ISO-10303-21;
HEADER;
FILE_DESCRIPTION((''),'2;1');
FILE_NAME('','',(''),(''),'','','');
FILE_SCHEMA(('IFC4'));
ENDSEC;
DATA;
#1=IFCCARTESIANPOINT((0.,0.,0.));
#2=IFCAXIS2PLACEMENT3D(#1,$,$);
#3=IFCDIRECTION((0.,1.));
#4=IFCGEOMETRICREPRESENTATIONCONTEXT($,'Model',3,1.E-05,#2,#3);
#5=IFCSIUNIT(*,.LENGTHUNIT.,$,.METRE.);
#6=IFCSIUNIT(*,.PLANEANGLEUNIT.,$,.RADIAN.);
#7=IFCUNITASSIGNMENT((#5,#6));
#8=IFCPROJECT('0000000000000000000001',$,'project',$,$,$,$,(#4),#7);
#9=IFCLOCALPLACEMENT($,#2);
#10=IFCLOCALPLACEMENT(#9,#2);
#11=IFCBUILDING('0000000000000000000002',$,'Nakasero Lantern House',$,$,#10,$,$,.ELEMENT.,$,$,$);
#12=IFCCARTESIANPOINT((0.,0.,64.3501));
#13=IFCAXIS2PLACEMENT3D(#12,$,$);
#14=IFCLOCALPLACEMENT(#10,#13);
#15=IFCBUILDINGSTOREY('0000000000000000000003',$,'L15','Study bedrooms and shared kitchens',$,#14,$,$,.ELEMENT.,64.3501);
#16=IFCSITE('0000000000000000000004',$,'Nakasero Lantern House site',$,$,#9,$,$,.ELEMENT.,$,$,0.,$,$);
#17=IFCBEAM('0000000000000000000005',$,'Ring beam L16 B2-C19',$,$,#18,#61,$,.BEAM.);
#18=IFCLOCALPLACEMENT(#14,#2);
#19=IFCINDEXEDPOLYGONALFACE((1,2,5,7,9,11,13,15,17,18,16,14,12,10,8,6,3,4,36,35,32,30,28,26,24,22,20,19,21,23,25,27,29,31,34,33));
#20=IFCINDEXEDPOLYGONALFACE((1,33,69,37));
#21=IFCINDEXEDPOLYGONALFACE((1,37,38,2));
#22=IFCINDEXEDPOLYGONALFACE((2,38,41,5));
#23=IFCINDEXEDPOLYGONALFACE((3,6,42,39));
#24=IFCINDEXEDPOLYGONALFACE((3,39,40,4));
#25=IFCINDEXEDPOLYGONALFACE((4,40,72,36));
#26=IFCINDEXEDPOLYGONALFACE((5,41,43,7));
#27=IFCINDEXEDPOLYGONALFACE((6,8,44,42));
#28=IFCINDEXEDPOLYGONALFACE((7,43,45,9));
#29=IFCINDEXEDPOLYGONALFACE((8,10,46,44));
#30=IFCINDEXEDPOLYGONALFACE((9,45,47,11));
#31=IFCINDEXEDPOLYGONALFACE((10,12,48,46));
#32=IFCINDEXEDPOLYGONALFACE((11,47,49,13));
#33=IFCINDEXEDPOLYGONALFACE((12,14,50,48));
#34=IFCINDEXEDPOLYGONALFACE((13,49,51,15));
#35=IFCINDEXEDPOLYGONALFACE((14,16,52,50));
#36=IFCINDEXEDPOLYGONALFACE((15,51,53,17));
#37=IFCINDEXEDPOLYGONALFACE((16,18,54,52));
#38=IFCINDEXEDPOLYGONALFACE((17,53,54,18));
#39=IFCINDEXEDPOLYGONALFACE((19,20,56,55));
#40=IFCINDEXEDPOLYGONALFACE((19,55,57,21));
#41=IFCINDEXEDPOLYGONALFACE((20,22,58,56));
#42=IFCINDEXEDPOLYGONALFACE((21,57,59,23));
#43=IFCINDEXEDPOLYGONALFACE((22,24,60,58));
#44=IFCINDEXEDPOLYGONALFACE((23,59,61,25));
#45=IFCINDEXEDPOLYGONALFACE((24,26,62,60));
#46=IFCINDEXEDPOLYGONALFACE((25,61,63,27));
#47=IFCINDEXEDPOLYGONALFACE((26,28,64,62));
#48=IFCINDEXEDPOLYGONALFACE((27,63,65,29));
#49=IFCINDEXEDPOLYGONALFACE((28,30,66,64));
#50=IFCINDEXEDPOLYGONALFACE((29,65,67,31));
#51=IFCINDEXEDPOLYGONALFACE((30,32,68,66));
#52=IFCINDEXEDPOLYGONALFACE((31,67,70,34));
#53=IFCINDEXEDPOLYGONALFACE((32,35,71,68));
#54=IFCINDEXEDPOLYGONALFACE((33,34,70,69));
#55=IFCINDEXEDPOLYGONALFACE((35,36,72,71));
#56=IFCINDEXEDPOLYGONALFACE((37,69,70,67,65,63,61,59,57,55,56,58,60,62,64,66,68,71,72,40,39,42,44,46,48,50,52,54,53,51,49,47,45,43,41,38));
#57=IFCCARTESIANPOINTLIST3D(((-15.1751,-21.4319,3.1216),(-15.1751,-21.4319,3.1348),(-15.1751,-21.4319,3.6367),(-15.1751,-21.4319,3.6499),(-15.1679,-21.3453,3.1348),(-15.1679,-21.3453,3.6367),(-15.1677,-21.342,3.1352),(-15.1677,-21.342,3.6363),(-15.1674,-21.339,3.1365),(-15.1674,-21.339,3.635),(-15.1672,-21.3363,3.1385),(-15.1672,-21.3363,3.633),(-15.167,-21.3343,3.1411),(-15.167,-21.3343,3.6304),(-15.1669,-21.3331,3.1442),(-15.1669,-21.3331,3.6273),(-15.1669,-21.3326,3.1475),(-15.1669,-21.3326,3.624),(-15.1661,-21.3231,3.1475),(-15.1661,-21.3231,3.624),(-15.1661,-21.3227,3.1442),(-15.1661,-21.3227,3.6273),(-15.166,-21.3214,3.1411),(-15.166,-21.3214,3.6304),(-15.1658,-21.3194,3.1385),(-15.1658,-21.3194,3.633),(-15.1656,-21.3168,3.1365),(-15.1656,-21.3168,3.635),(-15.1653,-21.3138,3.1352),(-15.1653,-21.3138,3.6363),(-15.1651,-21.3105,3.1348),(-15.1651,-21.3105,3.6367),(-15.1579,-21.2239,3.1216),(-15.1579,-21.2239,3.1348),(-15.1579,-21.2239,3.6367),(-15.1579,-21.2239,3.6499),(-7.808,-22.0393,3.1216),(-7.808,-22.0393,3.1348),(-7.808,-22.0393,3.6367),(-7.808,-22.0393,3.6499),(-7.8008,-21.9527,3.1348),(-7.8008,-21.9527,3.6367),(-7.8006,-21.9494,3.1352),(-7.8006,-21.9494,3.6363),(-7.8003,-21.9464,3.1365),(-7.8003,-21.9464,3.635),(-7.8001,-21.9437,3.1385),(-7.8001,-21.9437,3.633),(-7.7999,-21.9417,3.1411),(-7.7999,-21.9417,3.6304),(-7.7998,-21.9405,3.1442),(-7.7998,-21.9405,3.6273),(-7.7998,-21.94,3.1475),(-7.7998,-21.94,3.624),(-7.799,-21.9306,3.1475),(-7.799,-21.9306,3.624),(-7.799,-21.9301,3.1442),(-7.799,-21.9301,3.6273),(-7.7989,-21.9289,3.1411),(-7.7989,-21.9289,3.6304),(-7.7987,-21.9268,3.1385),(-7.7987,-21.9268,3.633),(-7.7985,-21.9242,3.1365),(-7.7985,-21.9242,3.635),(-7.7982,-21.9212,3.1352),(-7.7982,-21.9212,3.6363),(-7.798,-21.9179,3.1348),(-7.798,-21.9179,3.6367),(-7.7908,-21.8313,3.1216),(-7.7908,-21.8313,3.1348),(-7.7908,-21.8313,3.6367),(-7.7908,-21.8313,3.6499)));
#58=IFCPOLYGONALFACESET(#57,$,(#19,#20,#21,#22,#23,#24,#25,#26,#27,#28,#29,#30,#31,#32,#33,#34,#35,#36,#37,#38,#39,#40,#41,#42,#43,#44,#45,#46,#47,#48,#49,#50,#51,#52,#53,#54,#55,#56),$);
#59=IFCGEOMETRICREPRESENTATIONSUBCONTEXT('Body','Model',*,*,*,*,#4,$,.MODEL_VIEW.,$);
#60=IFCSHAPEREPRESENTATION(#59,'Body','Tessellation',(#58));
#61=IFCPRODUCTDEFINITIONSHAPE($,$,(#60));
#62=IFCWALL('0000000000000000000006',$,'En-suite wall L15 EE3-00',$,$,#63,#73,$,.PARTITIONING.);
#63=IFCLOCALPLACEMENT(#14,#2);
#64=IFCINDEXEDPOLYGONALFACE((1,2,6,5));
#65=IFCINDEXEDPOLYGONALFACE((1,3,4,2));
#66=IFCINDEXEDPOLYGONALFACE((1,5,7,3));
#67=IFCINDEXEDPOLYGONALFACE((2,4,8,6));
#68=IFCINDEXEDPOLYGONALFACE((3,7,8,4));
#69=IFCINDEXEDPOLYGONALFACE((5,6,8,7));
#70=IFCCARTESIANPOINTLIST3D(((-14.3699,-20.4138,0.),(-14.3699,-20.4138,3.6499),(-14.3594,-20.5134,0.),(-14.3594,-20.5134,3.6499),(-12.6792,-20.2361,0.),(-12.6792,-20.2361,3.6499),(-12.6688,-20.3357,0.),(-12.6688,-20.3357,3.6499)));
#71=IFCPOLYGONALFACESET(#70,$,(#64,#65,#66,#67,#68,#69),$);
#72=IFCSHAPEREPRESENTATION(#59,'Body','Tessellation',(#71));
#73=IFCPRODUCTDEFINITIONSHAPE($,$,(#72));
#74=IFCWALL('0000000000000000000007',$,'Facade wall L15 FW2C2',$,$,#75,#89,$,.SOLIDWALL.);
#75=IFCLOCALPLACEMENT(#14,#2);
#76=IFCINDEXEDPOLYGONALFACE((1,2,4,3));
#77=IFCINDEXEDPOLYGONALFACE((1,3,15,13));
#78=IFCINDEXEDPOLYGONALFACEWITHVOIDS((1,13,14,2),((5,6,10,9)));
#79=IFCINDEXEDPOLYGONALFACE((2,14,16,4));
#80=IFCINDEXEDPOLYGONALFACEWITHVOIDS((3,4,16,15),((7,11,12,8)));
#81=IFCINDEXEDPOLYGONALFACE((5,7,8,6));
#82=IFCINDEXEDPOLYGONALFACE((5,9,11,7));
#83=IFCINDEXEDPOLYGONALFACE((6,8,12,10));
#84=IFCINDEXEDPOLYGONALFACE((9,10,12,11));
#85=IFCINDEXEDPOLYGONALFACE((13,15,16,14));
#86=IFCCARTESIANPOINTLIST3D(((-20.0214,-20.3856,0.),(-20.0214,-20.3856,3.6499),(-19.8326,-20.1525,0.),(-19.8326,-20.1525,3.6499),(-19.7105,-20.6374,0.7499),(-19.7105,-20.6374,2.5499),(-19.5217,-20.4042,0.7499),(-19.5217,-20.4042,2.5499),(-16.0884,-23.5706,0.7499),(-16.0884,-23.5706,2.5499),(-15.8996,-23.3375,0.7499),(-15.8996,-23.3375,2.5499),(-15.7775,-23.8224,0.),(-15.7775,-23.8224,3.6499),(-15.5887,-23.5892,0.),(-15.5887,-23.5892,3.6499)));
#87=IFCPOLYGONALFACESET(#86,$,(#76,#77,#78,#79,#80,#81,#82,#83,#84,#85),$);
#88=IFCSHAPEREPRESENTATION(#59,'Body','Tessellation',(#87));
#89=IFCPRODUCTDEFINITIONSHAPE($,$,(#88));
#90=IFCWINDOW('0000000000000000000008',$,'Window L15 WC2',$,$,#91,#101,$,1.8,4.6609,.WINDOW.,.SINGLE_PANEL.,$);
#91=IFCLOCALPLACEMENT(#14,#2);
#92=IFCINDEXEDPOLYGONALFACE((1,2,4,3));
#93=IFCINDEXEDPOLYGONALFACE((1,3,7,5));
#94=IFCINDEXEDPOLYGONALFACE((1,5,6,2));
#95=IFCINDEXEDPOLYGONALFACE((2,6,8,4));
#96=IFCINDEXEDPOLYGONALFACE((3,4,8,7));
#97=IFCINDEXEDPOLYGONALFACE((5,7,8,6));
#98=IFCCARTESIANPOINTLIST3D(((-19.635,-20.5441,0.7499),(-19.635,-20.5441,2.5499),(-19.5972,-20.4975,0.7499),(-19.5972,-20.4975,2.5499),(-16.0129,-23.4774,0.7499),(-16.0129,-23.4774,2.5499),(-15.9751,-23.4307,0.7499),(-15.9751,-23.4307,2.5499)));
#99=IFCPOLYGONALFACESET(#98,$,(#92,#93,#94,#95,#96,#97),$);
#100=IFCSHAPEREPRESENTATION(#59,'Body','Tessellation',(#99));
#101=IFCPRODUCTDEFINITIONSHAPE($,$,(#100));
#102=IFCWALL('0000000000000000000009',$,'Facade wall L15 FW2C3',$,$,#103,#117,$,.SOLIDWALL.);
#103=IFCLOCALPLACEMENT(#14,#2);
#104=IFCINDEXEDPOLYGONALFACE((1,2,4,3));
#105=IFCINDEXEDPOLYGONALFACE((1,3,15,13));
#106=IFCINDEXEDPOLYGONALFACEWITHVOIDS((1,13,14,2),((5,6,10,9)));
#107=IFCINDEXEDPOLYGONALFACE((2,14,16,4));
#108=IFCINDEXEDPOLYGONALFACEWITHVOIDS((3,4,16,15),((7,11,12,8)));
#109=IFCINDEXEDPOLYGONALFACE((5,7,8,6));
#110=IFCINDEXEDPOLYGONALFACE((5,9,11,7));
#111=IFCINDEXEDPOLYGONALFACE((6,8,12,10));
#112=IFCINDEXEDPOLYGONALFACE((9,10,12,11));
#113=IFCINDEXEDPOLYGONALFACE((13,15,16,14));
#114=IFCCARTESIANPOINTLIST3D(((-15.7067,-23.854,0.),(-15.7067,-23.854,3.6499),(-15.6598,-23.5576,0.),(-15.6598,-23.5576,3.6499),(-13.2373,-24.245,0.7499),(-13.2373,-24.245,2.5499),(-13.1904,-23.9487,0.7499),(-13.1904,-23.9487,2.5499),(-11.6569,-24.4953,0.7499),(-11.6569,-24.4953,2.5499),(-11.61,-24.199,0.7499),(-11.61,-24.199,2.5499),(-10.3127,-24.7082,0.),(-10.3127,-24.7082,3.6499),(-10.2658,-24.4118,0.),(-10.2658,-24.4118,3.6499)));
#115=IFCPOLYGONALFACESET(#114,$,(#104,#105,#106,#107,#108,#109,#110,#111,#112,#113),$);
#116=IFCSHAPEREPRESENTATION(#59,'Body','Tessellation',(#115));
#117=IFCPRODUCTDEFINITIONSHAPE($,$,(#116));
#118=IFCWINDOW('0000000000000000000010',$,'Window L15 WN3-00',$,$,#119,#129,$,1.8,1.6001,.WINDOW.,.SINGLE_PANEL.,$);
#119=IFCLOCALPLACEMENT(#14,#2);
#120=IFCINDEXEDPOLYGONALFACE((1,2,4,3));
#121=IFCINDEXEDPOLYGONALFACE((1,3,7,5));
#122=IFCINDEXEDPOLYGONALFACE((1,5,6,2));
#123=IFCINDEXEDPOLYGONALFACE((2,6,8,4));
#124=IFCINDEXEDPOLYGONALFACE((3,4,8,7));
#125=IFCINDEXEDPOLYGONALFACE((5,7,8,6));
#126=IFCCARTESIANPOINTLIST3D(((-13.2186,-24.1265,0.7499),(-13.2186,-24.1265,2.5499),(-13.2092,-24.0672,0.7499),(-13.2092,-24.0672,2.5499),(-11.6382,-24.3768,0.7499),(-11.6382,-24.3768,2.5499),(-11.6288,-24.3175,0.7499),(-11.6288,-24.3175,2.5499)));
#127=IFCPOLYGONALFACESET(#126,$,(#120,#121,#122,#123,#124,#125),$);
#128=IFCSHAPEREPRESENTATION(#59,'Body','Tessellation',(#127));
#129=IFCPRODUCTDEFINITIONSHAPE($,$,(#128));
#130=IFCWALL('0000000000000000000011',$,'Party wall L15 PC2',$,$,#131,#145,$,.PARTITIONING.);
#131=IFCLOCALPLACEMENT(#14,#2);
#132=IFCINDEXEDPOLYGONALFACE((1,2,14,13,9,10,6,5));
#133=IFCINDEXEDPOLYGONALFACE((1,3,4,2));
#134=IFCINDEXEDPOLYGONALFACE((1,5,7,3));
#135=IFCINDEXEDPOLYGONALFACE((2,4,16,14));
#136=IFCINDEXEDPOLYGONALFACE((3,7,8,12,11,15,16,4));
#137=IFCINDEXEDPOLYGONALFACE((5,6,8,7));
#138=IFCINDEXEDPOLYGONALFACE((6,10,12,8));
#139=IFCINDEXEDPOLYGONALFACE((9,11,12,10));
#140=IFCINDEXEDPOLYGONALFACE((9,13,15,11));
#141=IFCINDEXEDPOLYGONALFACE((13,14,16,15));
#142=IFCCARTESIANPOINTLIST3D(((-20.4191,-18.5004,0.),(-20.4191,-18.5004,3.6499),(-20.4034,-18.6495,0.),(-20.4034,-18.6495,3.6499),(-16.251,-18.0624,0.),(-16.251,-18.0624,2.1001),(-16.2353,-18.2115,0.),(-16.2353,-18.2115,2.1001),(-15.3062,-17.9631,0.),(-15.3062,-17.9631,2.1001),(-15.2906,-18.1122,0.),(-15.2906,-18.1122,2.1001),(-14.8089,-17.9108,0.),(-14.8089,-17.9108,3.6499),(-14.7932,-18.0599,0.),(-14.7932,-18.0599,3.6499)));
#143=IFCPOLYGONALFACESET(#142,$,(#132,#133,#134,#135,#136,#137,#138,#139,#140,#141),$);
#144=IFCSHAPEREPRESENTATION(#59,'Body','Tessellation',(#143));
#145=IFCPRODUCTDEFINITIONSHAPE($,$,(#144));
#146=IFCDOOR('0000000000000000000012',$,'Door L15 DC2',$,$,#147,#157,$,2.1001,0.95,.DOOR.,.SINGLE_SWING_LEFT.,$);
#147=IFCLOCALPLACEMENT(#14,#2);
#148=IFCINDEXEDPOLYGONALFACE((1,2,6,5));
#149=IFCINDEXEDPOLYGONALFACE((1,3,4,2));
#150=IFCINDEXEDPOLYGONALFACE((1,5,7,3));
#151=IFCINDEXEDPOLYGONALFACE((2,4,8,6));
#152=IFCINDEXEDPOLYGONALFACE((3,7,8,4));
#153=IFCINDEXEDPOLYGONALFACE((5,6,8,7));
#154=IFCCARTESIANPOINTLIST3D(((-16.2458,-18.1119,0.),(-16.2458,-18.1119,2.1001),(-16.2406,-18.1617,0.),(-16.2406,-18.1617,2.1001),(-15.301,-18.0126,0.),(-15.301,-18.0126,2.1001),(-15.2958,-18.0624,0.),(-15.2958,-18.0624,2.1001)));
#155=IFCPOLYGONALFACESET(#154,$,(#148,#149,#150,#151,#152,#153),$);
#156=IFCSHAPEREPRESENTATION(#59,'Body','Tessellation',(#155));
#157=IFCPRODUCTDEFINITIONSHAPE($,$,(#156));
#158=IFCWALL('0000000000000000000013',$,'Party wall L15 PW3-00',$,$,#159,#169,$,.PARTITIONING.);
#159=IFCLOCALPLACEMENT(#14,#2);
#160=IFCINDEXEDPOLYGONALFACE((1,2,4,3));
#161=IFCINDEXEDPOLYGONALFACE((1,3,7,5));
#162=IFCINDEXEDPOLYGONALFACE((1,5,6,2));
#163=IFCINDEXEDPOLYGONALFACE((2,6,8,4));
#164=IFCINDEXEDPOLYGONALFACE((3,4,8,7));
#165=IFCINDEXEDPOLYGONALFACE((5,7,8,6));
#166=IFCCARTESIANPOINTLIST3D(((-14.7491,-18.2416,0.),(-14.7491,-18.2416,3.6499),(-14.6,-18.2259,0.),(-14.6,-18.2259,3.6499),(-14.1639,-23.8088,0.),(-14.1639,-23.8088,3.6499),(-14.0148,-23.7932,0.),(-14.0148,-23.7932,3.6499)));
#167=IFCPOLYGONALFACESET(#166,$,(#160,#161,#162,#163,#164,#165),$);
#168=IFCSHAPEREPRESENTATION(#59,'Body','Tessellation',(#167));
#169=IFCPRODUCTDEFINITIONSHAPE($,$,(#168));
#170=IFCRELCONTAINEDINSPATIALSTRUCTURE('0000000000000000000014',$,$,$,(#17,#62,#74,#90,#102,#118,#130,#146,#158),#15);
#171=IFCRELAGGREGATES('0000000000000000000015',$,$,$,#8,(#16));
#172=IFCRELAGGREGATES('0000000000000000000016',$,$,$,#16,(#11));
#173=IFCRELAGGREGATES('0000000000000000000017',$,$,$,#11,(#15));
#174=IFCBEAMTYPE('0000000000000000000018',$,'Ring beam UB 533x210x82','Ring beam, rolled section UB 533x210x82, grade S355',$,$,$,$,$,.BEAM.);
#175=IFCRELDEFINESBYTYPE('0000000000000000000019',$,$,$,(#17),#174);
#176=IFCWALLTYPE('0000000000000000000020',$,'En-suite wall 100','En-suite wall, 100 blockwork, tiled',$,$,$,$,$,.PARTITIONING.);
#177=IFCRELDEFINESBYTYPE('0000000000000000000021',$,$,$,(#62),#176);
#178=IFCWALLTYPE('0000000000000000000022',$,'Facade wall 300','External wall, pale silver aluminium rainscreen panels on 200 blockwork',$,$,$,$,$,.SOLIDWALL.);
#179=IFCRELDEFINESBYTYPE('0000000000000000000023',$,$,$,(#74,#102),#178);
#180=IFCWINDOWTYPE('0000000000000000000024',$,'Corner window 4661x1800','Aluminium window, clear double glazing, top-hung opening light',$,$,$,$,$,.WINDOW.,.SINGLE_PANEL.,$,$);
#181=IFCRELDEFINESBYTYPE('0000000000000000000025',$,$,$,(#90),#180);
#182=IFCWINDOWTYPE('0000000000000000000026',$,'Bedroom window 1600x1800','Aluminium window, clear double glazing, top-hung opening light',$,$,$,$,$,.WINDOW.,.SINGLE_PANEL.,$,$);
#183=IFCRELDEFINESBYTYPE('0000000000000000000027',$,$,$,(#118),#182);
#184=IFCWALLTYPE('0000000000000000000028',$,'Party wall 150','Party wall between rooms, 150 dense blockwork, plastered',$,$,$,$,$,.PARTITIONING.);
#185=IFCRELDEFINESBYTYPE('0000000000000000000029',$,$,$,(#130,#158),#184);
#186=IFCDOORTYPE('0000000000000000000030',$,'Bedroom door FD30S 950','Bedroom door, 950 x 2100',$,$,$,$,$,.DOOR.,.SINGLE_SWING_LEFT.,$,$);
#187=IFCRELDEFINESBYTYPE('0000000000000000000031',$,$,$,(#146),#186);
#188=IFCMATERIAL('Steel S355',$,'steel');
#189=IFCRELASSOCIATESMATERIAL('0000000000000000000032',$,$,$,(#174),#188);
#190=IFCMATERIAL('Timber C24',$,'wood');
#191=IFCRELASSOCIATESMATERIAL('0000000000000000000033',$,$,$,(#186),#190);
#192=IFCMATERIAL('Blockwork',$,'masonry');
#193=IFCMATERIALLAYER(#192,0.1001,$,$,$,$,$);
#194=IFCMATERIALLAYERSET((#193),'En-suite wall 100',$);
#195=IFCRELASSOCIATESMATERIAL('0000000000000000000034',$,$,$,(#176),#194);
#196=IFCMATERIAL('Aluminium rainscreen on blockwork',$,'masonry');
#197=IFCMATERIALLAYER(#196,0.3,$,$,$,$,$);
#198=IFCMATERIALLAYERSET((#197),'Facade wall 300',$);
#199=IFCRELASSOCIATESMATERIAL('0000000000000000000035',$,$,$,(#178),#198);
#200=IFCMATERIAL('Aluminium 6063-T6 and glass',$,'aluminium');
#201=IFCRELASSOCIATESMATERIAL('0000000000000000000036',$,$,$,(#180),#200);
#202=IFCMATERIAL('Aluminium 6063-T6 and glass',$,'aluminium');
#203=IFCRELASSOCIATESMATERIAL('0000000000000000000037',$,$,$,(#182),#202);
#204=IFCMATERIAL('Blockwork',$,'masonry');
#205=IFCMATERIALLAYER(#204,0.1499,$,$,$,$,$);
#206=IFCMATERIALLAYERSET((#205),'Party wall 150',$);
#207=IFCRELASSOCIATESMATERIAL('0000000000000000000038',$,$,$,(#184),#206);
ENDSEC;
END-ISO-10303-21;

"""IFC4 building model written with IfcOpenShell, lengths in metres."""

from ifc_helpers import new_model, si_unit, direction, frame, frame_2d, origin, origin_2d, place, context, subcontext, project, spatial, rectangle, i_section, extrude, material, layer, layer_set, material_profile, profile_set, type_object, element, fill, save


model = new_model("IFC4")

# Units and contexts
model_context = context("Model", 3, precision=1e-05, world=origin(), true_north=direction((0.0, 1.0)))
body_context = subcontext(model_context, "Body", "Model", "MODEL_VIEW")
ifc_project = project(units=[si_unit("LENGTHUNIT", "METRE"), si_unit("PLANEANGLEUNIT", "RADIAN")], contexts=[model_context])

# Site, building, storey
site_placement = place(None, origin())
site = spatial("IfcSite", under=ifc_project, at=site_placement, Name="Nakasero Lantern House site", CompositionType="ELEMENT", RefElevation=0.0)
building_placement = place(site_placement, origin())
building = spatial("IfcBuilding", under=site, at=building_placement, Name="Nakasero Lantern House", CompositionType="ELEMENT")
storey_placement = place(building_placement, frame((0.0, 0.0, 64.3501)))
storey = spatial("IfcBuildingStorey", under=building, at=storey_placement, Name="L15", Description="Study bedrooms and shared kitchens", CompositionType="ELEMENT", Elevation=64.3501)

# Beam
ifc_material_1 = material(Name="Steel S355", Category="steel")
ifc_material_profile_1 = material_profile(ifc_material_1, i_section(OverallWidth=0.2087, OverallDepth=0.5283, WebThickness=0.0095, FlangeThickness=0.0132, FilletRadius=0.0127, at=origin_2d()), Name="UB 533x210x82")
ifc_profile_set_1 = profile_set([ifc_material_profile_1], Name="Steel S355")
beam_type_1 = type_object("IfcBeamType", Name="Ring beam UB 533x210x82", Description="Ring beam, rolled section UB 533x210x82, grade S355", PredefinedType="BEAM", material=ifc_profile_set_1)
beam_1_placement = place(storey_placement, frame((-15.1665, -21.3279, 3.3857), z_axis=(0.996618, -0.082171, 0.0), x_axis=(0.082171, 0.996618, 0.0)))
element("IfcBeam", 1, at=beam_1_placement, inside=storey, type_object=beam_type_1, Name="Ring beam L16 B2-C19", PredefinedType="BEAM", context=body_context, shape_type="SweptSolid", body=[
    extrude(i_section(OverallWidth=0.2087, OverallDepth=0.5283, WebThickness=0.0095, FlangeThickness=0.0132, FilletRadius=0.0127, at=origin_2d()), origin(), (0.0, 0.0, 1.0), 7.3921),
])

# Shared definitions
ifc_material_2 = material(Name="Timber C24", Category="wood")
door_type_1 = type_object("IfcDoorType", Name="Bedroom door FD30S 950", Description="Bedroom door, 950 x 2100", OperationType="SINGLE_SWING_LEFT", PredefinedType="DOOR", material=ifc_material_2)

# Wall
ifc_material_3 = material(Name="Blockwork", Category="masonry")
ifc_layer_1 = layer(ifc_material_3, 0.1001)
ifc_layer_set_1 = layer_set([ifc_layer_1], Name="En-suite wall 100")
wall_type_1 = type_object("IfcWallType", Name="En-suite wall 100", Description="En-suite wall, 100 blockwork, tiled", PredefinedType="PARTITIONING", material=ifc_layer_set_1)
wall_1_placement = place(storey_placement, frame((-14.3647, -20.4636, 0.0), z_axis=(0.0, 0.0, 1.0), x_axis=(0.99452, 0.10455, 0.0)))
element("IfcWall", 2, at=wall_1_placement, inside=storey, type_object=wall_type_1, Name="En-suite wall L15 EE3-00", PredefinedType="PARTITIONING", context=body_context, shape_type="SweptSolid", body=[
    extrude(rectangle(XDim=1.7, YDim=0.1001, at=frame_2d((0.8501, 0.0))), origin(), (0.0, 0.0, 1.0), 3.6499),
])

# Walls, openings, windows
ifc_material_4 = material(Name="Aluminium rainscreen on blockwork", Category="masonry")
ifc_layer_2 = layer(ifc_material_4, 0.3)
ifc_layer_set_2 = layer_set([ifc_layer_2], Name="Facade wall 300")
wall_type_2 = type_object("IfcWallType", Name="Facade wall 300", Description="External wall, pale silver aluminium rainscreen panels on 200 blockwork", PredefinedType="SOLIDWALL", material=ifc_layer_set_2)
wall_2_placement = place(storey_placement, frame((-19.927, -20.269, 0.0), z_axis=(0.0, 0.0, 1.0), x_axis=(0.777135, -0.629335, 0.0)))
wall_2 = element("IfcWall", 3, at=wall_2_placement, inside=storey, type_object=wall_type_2, Name="Facade wall L15 FW2C2", PredefinedType="SOLIDWALL", context=body_context, shape_type="SweptSolid", body=[
    extrude(rectangle(XDim=5.4609, YDim=0.3, at=frame_2d((2.7305, 0.0))), origin(), (0.0, 0.0, 1.0), 3.6499),
])
opening_1_placement = place(wall_2_placement, frame((0.3999, 0.0, 0.75)))
opening_1 = element("IfcOpeningElement", 4, at=opening_1_placement, cuts=wall_2, PredefinedType="OPENING", context=body_context, shape_type="SweptSolid", body=[
    extrude(rectangle(XDim=4.6609, YDim=1.8, at=frame_2d((2.3306, 0.8999))), frame((0.0, 0.1699, 0.0), z_axis=(0.0, -1.0, 0.0), x_axis=(1.0, 0.0, 0.0)), (0.0, 0.0, 1.0), 0.3401),
])
ifc_material_5 = material(Name="Aluminium 6063-T6 and glass", Category="aluminium")
window_type_1 = type_object("IfcWindowType", Name="Corner window 4661x1800", Description="Aluminium window, clear double glazing, top-hung opening light", PartitioningType="SINGLE_PANEL", PredefinedType="WINDOW", material=ifc_material_5)
window_1_placement = place(opening_1_placement, origin())
window_1 = element("IfcWindow", 5, at=window_1_placement, inside=storey, type_object=window_type_1, Name="Window L15 WC2", OverallHeight=1.8, OverallWidth=4.6609, PartitioningType="SINGLE_PANEL", PredefinedType="WINDOW", context=body_context, shape_type="SweptSolid", body=[
    extrude(rectangle(XDim=4.6609, YDim=1.8, at=frame_2d((2.3306, 0.8999))), frame((0.0, 0.03, 0.0), z_axis=(0.0, -1.0, 0.0), x_axis=(1.0, 0.0, 0.0)), (0.0, 0.0, 1.0), 0.0601),
])
fill(opening_1, window_1)
wall_3_placement = place(storey_placement, frame((-15.6831, -23.7058, 0.0), z_axis=(0.0, 0.0, 1.0), x_axis=(0.987691, -0.156419, 0.0)))
wall_3 = element("IfcWall", 6, at=wall_3_placement, inside=storey, type_object=wall_type_2, Name="Facade wall L15 FW2C3", PredefinedType="SOLIDWALL", context=body_context, shape_type="SweptSolid", body=[
    extrude(rectangle(XDim=5.4612, YDim=0.3, at=frame_2d((2.7305, 0.0))), origin(), (0.0, 0.0, 1.0), 3.6499),
])
opening_2_placement = place(wall_3_placement, frame((2.5, 0.0, 0.75)))
opening_2 = element("IfcOpeningElement", 7, at=opening_2_placement, cuts=wall_3, PredefinedType="OPENING", context=body_context, shape_type="SweptSolid", body=[
    extrude(rectangle(XDim=1.6001, YDim=1.8, at=frame_2d((0.8, 0.8999))), frame((0.0, 0.1699, 0.0), z_axis=(0.0, -1.0, 0.0), x_axis=(1.0, 0.0, 0.0)), (0.0, 0.0, 1.0), 0.3401),
])
ifc_material_6 = material(Name="Aluminium 6063-T6 and glass", Category="aluminium")
window_type_2 = type_object("IfcWindowType", Name="Bedroom window 1600x1800", Description="Aluminium window, clear double glazing, top-hung opening light", PartitioningType="SINGLE_PANEL", PredefinedType="WINDOW", material=ifc_material_6)
window_2_placement = place(opening_2_placement, origin())
window_2 = element("IfcWindow", 8, at=window_2_placement, inside=storey, type_object=window_type_2, Name="Window L15 WN3-00", OverallHeight=1.8, OverallWidth=1.6001, PartitioningType="SINGLE_PANEL", PredefinedType="WINDOW", context=body_context, shape_type="SweptSolid", body=[
    extrude(rectangle(XDim=1.6001, YDim=1.8, at=frame_2d((0.8, 0.8999))), frame((0.0, 0.03, 0.0), z_axis=(0.0, -1.0, 0.0), x_axis=(1.0, 0.0, 0.0)), (0.0, 0.0, 1.0), 0.0601),
])
fill(opening_2, window_2)

# Wall, opening, door
ifc_material_7 = material(Name="Blockwork", Category="masonry")
ifc_layer_3 = layer(ifc_material_7, 0.1499)
ifc_layer_set_3 = layer_set([ifc_layer_3], Name="Party wall 150")
wall_type_3 = type_object("IfcWallType", Name="Party wall 150", Description="Party wall between rooms, 150 dense blockwork, plastered", PredefinedType="PARTITIONING", material=ifc_layer_set_3)
wall_4_placement = place(storey_placement, frame((-14.801, -17.9854, 0.0), z_axis=(0.0, 0.0, 1.0), x_axis=(-0.994523, -0.10452, 0.0)))
wall_4 = element("IfcWall", 9, at=wall_4_placement, inside=storey, type_object=wall_type_3, Name="Party wall L15 PC2", PredefinedType="PARTITIONING", context=body_context, shape_type="SweptSolid", body=[
    extrude(rectangle(XDim=5.6411, YDim=0.1499, at=frame_2d((2.8206, 0.0))), origin(), (0.0, 0.0, 1.0), 3.6499),
])
opening_3_placement = place(wall_4_placement, frame((0.5, 0.0, 0.0)))
opening_3 = element("IfcOpeningElement", 10, at=opening_3_placement, cuts=wall_4, PredefinedType="OPENING", context=body_context, shape_type="SweptSolid", body=[
    extrude(rectangle(XDim=0.95, YDim=2.1001, at=frame_2d((0.4751, 1.05))), frame((0.0, 0.095, 0.0), z_axis=(0.0, -1.0, 0.0), x_axis=(1.0, 0.0, 0.0)), (0.0, 0.0, 1.0), 0.1899),
])
door_1_placement = place(opening_3_placement, origin())
door_1 = element("IfcDoor", 11, at=door_1_placement, inside=storey, type_object=door_type_1, Name="Door L15 DC2", OperationType="SINGLE_SWING_LEFT", OverallHeight=2.1001, OverallWidth=0.95, PredefinedType="DOOR", context=body_context, shape_type="SweptSolid", body=[
    extrude(rectangle(XDim=0.95, YDim=2.1001, at=frame_2d((0.4751, 1.05))), frame((0.0, 0.0249, 0.0), z_axis=(0.0, -1.0, 0.0), x_axis=(1.0, 0.0, 0.0)), (0.0, 0.0, 1.0), 0.05),
])
fill(opening_3, door_1)

# Wall
wall_5_placement = place(storey_placement, frame((-14.6746, -18.2339, 0.0), z_axis=(0.0, 0.0, 1.0), x_axis=(0.104542, -0.99452, 0.0)))
element("IfcWall", 12, at=wall_5_placement, inside=storey, type_object=wall_type_3, Name="Party wall L15 PW3-00", PredefinedType="PARTITIONING", context=body_context, shape_type="SweptSolid", body=[
    extrude(rectangle(XDim=5.5979, YDim=0.1499, at=frame_2d((2.7988, 0.0))), origin(), (0.0, 0.0, 1.0), 3.6499),
])

save(model, "model.ifc")
